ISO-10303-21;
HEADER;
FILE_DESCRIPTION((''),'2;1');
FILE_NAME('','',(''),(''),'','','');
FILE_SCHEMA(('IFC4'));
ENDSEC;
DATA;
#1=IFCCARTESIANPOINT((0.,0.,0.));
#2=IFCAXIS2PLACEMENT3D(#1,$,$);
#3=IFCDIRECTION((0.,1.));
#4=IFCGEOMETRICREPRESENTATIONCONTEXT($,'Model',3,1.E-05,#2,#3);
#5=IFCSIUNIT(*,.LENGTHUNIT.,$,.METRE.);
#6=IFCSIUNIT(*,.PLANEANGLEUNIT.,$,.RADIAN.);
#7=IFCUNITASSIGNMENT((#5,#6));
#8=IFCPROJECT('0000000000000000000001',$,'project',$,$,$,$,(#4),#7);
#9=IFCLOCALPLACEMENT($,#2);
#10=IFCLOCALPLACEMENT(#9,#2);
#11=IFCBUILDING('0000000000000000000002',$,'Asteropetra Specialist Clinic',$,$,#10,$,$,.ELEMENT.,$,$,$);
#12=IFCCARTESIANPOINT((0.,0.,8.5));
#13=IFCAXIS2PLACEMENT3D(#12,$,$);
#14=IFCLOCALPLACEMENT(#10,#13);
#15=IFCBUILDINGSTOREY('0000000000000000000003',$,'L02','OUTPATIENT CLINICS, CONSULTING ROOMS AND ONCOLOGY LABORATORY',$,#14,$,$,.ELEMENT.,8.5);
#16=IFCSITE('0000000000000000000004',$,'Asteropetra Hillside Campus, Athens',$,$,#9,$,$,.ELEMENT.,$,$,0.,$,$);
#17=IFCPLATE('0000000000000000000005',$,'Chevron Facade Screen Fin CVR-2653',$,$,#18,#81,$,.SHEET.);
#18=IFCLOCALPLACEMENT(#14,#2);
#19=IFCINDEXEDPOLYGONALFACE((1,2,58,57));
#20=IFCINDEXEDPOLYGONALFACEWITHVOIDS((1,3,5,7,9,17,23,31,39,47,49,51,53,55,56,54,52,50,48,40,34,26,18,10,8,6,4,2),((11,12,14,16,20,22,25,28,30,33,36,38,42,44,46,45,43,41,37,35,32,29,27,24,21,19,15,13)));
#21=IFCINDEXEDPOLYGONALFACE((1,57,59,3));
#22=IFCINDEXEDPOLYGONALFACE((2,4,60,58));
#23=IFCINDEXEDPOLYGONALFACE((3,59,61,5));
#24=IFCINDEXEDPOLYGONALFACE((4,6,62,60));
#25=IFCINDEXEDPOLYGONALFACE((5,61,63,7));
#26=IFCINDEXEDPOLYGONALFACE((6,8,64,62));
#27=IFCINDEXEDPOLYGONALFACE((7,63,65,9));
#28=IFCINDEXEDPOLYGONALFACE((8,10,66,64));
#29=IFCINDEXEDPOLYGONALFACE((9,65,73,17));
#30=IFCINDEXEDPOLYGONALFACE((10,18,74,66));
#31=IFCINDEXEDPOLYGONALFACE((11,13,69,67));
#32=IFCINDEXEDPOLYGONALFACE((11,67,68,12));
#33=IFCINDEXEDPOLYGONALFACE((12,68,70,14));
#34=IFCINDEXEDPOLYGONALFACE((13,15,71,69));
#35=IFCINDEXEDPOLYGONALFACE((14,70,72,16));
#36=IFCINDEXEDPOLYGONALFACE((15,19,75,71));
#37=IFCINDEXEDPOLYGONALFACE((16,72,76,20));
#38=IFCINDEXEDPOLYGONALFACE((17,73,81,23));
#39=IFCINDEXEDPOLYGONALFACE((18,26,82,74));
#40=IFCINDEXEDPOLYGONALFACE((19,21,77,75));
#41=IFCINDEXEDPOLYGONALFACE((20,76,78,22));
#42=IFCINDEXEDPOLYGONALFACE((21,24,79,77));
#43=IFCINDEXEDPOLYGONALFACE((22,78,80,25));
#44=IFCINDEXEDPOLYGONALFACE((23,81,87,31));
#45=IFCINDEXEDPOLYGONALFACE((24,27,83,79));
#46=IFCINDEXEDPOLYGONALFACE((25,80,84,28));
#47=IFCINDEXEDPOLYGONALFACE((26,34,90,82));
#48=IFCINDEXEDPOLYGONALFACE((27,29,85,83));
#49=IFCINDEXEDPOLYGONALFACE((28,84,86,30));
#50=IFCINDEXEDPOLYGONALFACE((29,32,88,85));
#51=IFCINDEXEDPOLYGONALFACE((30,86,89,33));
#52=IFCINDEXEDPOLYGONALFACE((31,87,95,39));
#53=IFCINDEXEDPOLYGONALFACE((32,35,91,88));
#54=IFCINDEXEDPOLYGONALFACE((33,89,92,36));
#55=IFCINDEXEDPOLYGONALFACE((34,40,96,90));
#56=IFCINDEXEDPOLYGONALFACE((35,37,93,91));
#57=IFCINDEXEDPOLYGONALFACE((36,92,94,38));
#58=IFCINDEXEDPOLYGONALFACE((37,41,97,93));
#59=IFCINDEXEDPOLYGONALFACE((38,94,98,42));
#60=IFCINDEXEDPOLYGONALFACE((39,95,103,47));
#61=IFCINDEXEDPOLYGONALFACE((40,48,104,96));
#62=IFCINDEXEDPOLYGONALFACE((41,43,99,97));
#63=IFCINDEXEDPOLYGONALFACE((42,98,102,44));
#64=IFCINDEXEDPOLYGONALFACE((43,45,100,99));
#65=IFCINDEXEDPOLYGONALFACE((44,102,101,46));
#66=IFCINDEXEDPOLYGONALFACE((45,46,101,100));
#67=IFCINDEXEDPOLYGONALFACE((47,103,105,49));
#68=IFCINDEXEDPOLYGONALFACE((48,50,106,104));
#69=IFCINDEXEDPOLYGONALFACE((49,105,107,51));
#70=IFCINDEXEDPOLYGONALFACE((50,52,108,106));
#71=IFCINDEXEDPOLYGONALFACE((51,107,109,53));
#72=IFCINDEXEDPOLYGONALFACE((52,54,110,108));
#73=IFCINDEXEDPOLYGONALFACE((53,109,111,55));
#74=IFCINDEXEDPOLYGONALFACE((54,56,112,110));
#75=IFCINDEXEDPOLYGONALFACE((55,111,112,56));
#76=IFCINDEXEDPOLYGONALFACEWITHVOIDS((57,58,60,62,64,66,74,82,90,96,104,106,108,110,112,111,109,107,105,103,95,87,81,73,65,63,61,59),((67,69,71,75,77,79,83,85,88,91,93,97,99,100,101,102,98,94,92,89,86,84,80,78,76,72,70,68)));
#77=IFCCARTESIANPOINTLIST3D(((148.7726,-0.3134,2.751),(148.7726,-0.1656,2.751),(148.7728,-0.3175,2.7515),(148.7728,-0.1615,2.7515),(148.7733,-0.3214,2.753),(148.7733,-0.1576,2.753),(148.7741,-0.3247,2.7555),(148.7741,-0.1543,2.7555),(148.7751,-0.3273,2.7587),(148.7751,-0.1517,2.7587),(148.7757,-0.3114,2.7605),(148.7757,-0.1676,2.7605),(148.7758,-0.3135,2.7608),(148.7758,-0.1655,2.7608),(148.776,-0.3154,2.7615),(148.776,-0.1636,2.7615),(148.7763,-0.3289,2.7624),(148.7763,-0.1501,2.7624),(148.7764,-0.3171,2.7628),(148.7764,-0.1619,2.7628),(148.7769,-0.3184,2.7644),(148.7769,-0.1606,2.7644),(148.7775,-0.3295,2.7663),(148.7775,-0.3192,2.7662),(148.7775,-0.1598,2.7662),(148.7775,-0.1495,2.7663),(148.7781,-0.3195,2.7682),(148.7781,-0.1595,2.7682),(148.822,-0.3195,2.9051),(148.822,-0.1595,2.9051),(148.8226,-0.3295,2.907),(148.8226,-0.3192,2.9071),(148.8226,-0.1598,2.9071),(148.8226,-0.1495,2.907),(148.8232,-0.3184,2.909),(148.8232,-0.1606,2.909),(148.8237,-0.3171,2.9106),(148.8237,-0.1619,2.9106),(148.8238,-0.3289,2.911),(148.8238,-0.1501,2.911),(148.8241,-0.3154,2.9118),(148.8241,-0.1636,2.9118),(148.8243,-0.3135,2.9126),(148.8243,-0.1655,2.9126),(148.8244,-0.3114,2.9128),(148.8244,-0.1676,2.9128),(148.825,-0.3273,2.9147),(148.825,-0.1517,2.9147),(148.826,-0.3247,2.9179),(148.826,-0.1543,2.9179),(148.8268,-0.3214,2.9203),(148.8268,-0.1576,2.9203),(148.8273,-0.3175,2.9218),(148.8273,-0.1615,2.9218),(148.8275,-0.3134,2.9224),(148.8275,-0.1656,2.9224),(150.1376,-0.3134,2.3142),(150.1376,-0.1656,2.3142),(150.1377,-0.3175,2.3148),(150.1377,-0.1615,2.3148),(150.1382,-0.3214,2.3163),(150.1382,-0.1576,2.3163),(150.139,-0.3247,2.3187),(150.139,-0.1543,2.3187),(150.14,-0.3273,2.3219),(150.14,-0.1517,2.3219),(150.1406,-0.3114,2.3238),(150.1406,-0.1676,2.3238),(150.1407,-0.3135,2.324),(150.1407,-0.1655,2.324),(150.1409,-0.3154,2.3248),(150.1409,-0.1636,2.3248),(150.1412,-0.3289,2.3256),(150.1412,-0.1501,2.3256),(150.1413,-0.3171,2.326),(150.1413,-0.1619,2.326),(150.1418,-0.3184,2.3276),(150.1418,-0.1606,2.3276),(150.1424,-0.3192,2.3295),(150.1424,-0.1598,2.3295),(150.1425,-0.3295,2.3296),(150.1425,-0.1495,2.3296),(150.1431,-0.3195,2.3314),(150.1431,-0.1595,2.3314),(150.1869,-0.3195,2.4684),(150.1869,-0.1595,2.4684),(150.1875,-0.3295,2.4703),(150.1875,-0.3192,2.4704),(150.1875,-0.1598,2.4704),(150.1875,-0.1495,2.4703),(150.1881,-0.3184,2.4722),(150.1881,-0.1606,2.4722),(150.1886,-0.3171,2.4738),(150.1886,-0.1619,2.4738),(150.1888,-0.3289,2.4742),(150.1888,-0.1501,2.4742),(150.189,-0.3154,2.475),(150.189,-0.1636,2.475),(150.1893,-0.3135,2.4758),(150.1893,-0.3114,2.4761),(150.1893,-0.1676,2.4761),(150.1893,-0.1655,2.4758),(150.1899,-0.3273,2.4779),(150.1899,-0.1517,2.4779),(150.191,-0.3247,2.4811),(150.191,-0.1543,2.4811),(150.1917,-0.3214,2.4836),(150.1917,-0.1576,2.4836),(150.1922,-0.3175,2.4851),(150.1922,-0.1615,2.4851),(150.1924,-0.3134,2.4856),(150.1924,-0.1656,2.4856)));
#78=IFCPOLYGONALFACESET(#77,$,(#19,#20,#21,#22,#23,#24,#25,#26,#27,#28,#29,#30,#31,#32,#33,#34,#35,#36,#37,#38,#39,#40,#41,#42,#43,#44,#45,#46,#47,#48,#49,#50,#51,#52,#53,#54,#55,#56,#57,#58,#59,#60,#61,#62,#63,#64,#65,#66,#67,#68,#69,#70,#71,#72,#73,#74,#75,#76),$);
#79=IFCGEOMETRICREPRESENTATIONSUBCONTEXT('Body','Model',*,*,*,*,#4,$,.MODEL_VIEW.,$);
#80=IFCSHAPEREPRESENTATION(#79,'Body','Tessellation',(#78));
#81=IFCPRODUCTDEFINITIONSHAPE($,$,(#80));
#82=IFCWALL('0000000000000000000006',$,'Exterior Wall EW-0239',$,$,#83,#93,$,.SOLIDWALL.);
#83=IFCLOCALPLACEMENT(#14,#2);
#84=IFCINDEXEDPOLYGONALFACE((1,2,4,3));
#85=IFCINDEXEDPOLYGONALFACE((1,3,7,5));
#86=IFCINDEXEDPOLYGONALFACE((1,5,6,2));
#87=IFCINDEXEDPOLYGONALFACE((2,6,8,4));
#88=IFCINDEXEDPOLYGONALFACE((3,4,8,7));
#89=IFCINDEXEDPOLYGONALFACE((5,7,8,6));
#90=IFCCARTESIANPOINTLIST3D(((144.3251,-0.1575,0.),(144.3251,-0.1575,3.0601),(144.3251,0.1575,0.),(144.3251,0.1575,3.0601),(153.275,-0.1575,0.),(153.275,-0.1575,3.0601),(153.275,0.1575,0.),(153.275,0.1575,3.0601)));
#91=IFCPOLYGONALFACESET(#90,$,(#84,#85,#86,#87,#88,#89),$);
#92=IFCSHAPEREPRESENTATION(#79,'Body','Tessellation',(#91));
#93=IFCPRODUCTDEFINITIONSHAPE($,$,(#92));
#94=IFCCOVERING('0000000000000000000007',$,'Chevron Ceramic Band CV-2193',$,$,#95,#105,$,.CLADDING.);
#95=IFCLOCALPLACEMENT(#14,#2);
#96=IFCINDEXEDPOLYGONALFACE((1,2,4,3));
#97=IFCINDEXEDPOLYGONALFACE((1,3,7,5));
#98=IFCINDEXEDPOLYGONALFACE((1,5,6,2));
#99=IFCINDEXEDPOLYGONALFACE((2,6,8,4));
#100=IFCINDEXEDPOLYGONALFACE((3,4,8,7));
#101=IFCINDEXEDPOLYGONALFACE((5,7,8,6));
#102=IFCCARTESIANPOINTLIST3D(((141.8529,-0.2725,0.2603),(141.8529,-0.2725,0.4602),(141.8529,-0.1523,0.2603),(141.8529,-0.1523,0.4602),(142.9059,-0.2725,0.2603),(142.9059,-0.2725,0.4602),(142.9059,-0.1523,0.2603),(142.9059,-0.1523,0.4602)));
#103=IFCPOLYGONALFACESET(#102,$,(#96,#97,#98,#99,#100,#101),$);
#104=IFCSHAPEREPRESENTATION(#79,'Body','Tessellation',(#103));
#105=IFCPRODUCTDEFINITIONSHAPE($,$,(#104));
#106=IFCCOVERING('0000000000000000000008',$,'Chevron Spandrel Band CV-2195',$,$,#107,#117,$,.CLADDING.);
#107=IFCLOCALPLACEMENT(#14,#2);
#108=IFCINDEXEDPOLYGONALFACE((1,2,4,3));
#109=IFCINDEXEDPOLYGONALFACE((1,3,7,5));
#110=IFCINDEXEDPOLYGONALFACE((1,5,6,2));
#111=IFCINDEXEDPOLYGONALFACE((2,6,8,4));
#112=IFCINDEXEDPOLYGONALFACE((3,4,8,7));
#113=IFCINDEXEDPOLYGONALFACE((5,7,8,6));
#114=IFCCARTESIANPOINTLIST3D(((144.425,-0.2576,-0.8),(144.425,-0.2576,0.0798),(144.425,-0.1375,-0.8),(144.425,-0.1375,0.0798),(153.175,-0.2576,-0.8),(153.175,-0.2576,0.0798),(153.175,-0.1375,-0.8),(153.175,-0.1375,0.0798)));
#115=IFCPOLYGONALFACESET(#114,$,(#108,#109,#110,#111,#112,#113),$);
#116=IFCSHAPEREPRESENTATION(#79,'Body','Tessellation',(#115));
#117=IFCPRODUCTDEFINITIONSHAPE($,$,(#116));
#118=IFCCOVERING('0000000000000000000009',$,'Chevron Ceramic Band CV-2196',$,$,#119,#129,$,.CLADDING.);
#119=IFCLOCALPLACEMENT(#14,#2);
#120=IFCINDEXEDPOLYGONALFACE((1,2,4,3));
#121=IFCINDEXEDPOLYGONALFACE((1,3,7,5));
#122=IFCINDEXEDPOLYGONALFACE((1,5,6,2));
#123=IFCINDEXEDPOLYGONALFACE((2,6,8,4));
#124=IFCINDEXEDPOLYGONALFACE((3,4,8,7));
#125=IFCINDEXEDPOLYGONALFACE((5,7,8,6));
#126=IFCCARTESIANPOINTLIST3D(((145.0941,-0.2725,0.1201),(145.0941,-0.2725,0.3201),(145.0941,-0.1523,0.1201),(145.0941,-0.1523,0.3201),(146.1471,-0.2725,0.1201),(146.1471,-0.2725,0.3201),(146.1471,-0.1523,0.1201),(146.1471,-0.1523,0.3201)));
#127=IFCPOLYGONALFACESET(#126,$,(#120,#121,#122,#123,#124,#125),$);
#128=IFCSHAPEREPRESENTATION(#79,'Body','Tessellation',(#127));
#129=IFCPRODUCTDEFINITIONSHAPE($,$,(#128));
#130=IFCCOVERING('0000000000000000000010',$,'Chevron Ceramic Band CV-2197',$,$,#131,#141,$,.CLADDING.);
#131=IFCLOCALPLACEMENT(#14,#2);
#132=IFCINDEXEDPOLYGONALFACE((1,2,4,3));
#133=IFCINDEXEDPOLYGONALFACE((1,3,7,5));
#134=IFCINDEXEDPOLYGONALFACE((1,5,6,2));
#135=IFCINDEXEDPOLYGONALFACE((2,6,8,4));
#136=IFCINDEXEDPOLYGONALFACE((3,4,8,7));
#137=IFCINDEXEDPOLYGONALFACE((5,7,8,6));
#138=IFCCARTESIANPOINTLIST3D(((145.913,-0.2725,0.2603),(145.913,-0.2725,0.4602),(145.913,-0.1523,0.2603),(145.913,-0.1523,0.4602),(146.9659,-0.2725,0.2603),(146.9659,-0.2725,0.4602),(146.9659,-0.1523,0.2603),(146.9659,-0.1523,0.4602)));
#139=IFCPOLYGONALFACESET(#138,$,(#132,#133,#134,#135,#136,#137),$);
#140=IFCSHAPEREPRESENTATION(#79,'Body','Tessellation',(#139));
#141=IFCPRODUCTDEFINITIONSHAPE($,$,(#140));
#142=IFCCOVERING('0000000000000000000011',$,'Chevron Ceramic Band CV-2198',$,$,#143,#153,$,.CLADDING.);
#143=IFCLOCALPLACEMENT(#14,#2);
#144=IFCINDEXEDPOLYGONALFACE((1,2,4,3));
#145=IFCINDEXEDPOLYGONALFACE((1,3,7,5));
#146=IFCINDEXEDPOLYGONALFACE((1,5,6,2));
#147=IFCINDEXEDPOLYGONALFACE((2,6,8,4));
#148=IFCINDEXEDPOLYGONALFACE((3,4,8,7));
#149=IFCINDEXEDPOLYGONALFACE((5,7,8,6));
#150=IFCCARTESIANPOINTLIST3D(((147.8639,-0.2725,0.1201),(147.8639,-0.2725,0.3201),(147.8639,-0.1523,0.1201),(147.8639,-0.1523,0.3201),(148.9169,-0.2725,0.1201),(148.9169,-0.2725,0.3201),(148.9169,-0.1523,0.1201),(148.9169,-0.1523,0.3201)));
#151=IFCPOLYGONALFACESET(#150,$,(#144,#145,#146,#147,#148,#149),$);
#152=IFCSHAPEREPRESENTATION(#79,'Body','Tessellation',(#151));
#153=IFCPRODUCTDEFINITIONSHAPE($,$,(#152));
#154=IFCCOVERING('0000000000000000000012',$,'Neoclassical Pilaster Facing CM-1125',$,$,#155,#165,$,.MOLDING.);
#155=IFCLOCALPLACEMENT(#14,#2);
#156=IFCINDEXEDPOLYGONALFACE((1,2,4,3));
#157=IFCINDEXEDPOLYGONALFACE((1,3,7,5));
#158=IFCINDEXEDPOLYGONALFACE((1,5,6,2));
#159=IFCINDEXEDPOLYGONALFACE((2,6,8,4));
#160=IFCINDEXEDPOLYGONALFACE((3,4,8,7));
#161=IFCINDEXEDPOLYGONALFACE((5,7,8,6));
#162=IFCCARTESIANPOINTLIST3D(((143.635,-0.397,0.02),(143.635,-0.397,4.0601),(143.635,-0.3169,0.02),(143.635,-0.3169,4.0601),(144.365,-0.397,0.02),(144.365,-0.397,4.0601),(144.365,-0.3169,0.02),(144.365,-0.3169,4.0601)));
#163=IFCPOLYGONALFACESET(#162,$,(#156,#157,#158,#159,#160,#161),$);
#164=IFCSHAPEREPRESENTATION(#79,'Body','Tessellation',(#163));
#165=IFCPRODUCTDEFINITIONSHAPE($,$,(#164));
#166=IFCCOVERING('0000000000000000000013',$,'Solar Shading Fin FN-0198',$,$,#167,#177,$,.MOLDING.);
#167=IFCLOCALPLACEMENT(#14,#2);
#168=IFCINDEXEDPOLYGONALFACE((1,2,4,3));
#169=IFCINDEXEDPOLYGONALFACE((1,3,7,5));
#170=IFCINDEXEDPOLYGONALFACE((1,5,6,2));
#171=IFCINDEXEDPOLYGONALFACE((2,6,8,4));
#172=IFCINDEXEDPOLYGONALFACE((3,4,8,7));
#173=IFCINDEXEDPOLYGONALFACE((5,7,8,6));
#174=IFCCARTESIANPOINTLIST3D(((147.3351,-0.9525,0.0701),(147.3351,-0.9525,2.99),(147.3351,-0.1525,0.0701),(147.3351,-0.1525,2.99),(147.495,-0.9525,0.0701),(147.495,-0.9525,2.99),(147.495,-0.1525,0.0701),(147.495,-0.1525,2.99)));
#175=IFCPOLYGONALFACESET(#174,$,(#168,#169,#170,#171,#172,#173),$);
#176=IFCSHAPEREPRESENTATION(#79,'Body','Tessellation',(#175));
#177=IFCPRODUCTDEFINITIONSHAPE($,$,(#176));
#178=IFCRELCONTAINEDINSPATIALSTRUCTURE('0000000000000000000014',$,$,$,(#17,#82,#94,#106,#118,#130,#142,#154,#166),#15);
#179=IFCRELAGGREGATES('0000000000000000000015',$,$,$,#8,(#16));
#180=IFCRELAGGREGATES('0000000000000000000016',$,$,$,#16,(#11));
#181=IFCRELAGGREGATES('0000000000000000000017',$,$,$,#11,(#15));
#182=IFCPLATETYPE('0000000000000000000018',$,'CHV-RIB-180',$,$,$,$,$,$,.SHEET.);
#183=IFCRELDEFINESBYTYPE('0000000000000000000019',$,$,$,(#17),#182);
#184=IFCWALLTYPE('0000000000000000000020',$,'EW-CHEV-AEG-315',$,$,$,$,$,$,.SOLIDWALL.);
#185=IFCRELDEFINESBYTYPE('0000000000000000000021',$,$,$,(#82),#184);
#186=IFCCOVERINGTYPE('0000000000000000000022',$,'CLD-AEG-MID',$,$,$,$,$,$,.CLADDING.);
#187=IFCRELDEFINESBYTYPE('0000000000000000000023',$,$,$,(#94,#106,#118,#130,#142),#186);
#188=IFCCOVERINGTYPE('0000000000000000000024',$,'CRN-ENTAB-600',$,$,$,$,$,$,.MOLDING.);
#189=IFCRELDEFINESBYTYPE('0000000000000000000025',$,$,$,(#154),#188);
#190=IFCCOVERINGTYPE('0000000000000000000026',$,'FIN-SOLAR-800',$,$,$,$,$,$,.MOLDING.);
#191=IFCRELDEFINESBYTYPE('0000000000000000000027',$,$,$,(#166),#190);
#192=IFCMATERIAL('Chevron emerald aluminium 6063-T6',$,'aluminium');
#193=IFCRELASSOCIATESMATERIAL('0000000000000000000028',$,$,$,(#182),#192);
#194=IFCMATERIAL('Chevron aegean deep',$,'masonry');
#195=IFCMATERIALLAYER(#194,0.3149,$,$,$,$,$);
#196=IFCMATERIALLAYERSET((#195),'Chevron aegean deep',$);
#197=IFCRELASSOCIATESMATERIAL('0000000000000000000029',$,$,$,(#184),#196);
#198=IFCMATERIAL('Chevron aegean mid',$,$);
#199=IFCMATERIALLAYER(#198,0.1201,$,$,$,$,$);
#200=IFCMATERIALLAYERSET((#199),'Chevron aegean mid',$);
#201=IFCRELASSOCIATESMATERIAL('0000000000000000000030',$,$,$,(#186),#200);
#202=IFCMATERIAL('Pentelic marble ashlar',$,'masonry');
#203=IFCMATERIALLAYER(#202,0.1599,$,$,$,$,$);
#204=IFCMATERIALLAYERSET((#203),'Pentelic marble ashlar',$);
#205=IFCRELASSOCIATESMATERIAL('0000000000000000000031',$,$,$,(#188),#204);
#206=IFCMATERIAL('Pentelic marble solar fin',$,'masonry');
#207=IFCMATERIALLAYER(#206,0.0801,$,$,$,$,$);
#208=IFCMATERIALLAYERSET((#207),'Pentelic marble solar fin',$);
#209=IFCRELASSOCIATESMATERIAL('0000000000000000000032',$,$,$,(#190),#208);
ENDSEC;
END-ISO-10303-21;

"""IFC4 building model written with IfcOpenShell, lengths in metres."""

from ifc_helpers import new_model, si_unit, direction, frame, frame_2d, origin, origin_2d, place, context, subcontext, project, spatial, rectangle, hollow_rectangle, extrude, material, layer, layer_set, material_profile, profile_set, type_object, element, save


model = new_model("IFC4")

# Units and contexts
model_context = context("Model", 3, precision=1e-05, world=origin(), true_north=direction((0.0, 1.0)))
body_context = subcontext(model_context, "Body", "Model", "MODEL_VIEW")
ifc_project = project(units=[si_unit("LENGTHUNIT", "METRE"), si_unit("PLANEANGLEUNIT", "RADIAN")], contexts=[model_context])

# Site, building, storey
site_placement = place(None, origin())
site = spatial("IfcSite", under=ifc_project, at=site_placement, Name="Asteropetra Hillside Campus, Athens", CompositionType="ELEMENT", RefElevation=0.0)
building_placement = place(site_placement, origin())
building = spatial("IfcBuilding", under=site, at=building_placement, Name="Asteropetra Specialist Clinic", CompositionType="ELEMENT")
storey_placement = place(building_placement, frame((0.0, 0.0, 8.5)))
storey = spatial("IfcBuildingStorey", under=building, at=storey_placement, Name="L02", Description="OUTPATIENT CLINICS, CONSULTING ROOMS AND ONCOLOGY LABORATORY", CompositionType="ELEMENT", Elevation=8.5)

# Plate
ifc_material_1 = material(Name="Chevron emerald aluminium 6063-T6", Category="aluminium")
ifc_material_profile_1 = material_profile(ifc_material_1, hollow_rectangle(XDim=0.1799, YDim=0.1799, WallThickness=0.01, InnerFilletRadius=0.0081, OuterFilletRadius=0.0161, at=origin_2d()), Name="SHS 180x180x10.0")
ifc_profile_set_1 = profile_set([ifc_material_profile_1], Name="Chevron emerald aluminium 6063-T6")
plate_type = type_object("IfcPlateType", Name="CHV-RIB-180", PredefinedType="SHEET", material=ifc_profile_set_1)
for number, where, z_axis, x_axis, name in (
    (1, (148.8, -0.2395, 2.8367), (0.95243, 0.0, -0.304757), (0.0, 1.0, 0.0), "Chevron Facade Screen Fin CVR-2653"),
):
    element("IfcPlate", number, at=place(storey_placement, frame(where, z_axis=z_axis, x_axis=x_axis)), inside=storey, type_object=plate_type, Name=name, PredefinedType="SHEET", context=body_context, shape_type="SweptSolid", body=[
        extrude(hollow_rectangle(XDim=0.1799, YDim=0.1799, WallThickness=0.01, InnerFilletRadius=0.0081, OuterFilletRadius=0.0161, at=origin_2d()), origin(), (0.0, 0.0, 1.0), 1.4331),
    ])

# Wall
ifc_material_2 = material(Name="Chevron aegean deep", Category="masonry")
ifc_layer_1 = layer(ifc_material_2, 0.3149)
ifc_layer_set_1 = layer_set([ifc_layer_1], Name="Chevron aegean deep")
wall_type = type_object("IfcWallType", Name="EW-CHEV-AEG-315", PredefinedType="SOLIDWALL", material=ifc_layer_set_1)
wall_placement = place(storey_placement, frame((144.325, 0.0, 0.0), z_axis=(0.0, 0.0, 1.0), x_axis=(1.0, 0.0, 0.0)))
element("IfcWall", 2, at=wall_placement, inside=storey, type_object=wall_type, Name="Exterior Wall EW-0239", PredefinedType="SOLIDWALL", context=body_context, shape_type="SweptSolid", body=[
    extrude(rectangle(XDim=8.95, YDim=0.3149, at=frame_2d((4.4751, 0.0))), origin(), (0.0, 0.0, 1.0), 3.0601),
])

# Coverings
ifc_material_3 = material(Name="Chevron aegean mid")
ifc_layer_2 = layer(ifc_material_3, 0.1201)
ifc_layer_set_2 = layer_set([ifc_layer_2], Name="Chevron aegean mid")
covering_type_1 = type_object("IfcCoveringType", Name="CLD-AEG-MID", PredefinedType="CLADDING", material=ifc_layer_set_2)
covering_1_placement = place(storey_placement, frame((142.3794, -0.2124, 0.2603), z_axis=(0.0, 0.0, 1.0), x_axis=(1.0, 0.0, 0.0)))
element("IfcCovering", 3, at=covering_1_placement, inside=storey, type_object=covering_type_1, Name="Chevron Ceramic Band CV-2193", PredefinedType="CLADDING", context=body_context, shape_type="SweptSolid", body=[
    extrude(rectangle(XDim=1.053, YDim=0.1201, at=origin_2d()), origin(), (0.0, 0.0, 1.0), 0.2),
])
covering_2_placement = place(storey_placement, frame((148.8, -0.1975, -0.8), z_axis=(0.0, 0.0, 1.0), x_axis=(1.0, 0.0, 0.0)))
element("IfcCovering", 4, at=covering_2_placement, inside=storey, type_object=covering_type_1, Name="Chevron Spandrel Band CV-2195", PredefinedType="CLADDING", context=body_context, shape_type="SweptSolid", body=[
    extrude(rectangle(XDim=8.75, YDim=0.1201, at=origin_2d()), origin(), (0.0, 0.0, 1.0), 0.8799),
])
for number, where, z_axis, x_axis, name in (
    (5, (145.6206, -0.2124, 0.1201), (0.0, 0.0, 1.0), (1.0, 0.0, 0.0), "Chevron Ceramic Band CV-2196"),
    (6, (146.4395, -0.2124, 0.2603), (0.0, 0.0, 1.0), (1.0, 0.0, 0.0), "Chevron Ceramic Band CV-2197"),
    (7, (148.3904, -0.2124, 0.1201), (0.0, 0.0, 1.0), (1.0, 0.0, 0.0), "Chevron Ceramic Band CV-2198"),
):
    element("IfcCovering", number, at=place(storey_placement, frame(where, z_axis=z_axis, x_axis=x_axis)), inside=storey, type_object=covering_type_1, Name=name, PredefinedType="CLADDING", context=body_context, shape_type="SweptSolid", body=[
        extrude(rectangle(XDim=1.053, YDim=0.1201, at=origin_2d()), origin(), (0.0, 0.0, 1.0), 0.2),
    ])
ifc_material_4 = material(Name="Pentelic marble ashlar", Category="masonry")
ifc_layer_3 = layer(ifc_material_4, 0.1599)
ifc_layer_set_3 = layer_set([ifc_layer_3], Name="Pentelic marble ashlar")
covering_type_2 = type_object("IfcCoveringType", Name="CRN-ENTAB-600", PredefinedType="MOLDING", material=ifc_layer_set_3)
covering_3_placement = place(storey_placement, frame((144.0, -0.3569, 0.02), z_axis=(0.0, 0.0, 1.0), x_axis=(1.0, 0.0, 0.0)))
element("IfcCovering", 8, at=covering_3_placement, inside=storey, type_object=covering_type_2, Name="Neoclassical Pilaster Facing CM-1125", PredefinedType="MOLDING", context=body_context, shape_type="SweptSolid", body=[
    extrude(rectangle(XDim=0.73, YDim=0.0801, at=origin_2d()), origin(), (0.0, 0.0, 1.0), 4.04),
])
ifc_material_5 = material(Name="Pentelic marble solar fin", Category="masonry")
ifc_layer_4 = layer(ifc_material_5, 0.0801)
ifc_layer_set_4 = layer_set([ifc_layer_4], Name="Pentelic marble solar fin")
covering_type_3 = type_object("IfcCoveringType", Name="FIN-SOLAR-800", PredefinedType="MOLDING", material=ifc_layer_set_4)
covering_4_placement = place(storey_placement, frame((147.415, -0.5525, 0.0701), z_axis=(0.0, 0.0, 1.0), x_axis=(1.0, 0.0, 0.0)))
element("IfcCovering", 9, at=covering_4_placement, inside=storey, type_object=covering_type_3, Name="Solar Shading Fin FN-0198", PredefinedType="MOLDING", context=body_context, shape_type="SweptSolid", body=[
    extrude(rectangle(XDim=0.1599, YDim=0.8, at=origin_2d()), origin(), (0.0, 0.0, 1.0), 2.9199),
])

save(model, "model.ifc")
